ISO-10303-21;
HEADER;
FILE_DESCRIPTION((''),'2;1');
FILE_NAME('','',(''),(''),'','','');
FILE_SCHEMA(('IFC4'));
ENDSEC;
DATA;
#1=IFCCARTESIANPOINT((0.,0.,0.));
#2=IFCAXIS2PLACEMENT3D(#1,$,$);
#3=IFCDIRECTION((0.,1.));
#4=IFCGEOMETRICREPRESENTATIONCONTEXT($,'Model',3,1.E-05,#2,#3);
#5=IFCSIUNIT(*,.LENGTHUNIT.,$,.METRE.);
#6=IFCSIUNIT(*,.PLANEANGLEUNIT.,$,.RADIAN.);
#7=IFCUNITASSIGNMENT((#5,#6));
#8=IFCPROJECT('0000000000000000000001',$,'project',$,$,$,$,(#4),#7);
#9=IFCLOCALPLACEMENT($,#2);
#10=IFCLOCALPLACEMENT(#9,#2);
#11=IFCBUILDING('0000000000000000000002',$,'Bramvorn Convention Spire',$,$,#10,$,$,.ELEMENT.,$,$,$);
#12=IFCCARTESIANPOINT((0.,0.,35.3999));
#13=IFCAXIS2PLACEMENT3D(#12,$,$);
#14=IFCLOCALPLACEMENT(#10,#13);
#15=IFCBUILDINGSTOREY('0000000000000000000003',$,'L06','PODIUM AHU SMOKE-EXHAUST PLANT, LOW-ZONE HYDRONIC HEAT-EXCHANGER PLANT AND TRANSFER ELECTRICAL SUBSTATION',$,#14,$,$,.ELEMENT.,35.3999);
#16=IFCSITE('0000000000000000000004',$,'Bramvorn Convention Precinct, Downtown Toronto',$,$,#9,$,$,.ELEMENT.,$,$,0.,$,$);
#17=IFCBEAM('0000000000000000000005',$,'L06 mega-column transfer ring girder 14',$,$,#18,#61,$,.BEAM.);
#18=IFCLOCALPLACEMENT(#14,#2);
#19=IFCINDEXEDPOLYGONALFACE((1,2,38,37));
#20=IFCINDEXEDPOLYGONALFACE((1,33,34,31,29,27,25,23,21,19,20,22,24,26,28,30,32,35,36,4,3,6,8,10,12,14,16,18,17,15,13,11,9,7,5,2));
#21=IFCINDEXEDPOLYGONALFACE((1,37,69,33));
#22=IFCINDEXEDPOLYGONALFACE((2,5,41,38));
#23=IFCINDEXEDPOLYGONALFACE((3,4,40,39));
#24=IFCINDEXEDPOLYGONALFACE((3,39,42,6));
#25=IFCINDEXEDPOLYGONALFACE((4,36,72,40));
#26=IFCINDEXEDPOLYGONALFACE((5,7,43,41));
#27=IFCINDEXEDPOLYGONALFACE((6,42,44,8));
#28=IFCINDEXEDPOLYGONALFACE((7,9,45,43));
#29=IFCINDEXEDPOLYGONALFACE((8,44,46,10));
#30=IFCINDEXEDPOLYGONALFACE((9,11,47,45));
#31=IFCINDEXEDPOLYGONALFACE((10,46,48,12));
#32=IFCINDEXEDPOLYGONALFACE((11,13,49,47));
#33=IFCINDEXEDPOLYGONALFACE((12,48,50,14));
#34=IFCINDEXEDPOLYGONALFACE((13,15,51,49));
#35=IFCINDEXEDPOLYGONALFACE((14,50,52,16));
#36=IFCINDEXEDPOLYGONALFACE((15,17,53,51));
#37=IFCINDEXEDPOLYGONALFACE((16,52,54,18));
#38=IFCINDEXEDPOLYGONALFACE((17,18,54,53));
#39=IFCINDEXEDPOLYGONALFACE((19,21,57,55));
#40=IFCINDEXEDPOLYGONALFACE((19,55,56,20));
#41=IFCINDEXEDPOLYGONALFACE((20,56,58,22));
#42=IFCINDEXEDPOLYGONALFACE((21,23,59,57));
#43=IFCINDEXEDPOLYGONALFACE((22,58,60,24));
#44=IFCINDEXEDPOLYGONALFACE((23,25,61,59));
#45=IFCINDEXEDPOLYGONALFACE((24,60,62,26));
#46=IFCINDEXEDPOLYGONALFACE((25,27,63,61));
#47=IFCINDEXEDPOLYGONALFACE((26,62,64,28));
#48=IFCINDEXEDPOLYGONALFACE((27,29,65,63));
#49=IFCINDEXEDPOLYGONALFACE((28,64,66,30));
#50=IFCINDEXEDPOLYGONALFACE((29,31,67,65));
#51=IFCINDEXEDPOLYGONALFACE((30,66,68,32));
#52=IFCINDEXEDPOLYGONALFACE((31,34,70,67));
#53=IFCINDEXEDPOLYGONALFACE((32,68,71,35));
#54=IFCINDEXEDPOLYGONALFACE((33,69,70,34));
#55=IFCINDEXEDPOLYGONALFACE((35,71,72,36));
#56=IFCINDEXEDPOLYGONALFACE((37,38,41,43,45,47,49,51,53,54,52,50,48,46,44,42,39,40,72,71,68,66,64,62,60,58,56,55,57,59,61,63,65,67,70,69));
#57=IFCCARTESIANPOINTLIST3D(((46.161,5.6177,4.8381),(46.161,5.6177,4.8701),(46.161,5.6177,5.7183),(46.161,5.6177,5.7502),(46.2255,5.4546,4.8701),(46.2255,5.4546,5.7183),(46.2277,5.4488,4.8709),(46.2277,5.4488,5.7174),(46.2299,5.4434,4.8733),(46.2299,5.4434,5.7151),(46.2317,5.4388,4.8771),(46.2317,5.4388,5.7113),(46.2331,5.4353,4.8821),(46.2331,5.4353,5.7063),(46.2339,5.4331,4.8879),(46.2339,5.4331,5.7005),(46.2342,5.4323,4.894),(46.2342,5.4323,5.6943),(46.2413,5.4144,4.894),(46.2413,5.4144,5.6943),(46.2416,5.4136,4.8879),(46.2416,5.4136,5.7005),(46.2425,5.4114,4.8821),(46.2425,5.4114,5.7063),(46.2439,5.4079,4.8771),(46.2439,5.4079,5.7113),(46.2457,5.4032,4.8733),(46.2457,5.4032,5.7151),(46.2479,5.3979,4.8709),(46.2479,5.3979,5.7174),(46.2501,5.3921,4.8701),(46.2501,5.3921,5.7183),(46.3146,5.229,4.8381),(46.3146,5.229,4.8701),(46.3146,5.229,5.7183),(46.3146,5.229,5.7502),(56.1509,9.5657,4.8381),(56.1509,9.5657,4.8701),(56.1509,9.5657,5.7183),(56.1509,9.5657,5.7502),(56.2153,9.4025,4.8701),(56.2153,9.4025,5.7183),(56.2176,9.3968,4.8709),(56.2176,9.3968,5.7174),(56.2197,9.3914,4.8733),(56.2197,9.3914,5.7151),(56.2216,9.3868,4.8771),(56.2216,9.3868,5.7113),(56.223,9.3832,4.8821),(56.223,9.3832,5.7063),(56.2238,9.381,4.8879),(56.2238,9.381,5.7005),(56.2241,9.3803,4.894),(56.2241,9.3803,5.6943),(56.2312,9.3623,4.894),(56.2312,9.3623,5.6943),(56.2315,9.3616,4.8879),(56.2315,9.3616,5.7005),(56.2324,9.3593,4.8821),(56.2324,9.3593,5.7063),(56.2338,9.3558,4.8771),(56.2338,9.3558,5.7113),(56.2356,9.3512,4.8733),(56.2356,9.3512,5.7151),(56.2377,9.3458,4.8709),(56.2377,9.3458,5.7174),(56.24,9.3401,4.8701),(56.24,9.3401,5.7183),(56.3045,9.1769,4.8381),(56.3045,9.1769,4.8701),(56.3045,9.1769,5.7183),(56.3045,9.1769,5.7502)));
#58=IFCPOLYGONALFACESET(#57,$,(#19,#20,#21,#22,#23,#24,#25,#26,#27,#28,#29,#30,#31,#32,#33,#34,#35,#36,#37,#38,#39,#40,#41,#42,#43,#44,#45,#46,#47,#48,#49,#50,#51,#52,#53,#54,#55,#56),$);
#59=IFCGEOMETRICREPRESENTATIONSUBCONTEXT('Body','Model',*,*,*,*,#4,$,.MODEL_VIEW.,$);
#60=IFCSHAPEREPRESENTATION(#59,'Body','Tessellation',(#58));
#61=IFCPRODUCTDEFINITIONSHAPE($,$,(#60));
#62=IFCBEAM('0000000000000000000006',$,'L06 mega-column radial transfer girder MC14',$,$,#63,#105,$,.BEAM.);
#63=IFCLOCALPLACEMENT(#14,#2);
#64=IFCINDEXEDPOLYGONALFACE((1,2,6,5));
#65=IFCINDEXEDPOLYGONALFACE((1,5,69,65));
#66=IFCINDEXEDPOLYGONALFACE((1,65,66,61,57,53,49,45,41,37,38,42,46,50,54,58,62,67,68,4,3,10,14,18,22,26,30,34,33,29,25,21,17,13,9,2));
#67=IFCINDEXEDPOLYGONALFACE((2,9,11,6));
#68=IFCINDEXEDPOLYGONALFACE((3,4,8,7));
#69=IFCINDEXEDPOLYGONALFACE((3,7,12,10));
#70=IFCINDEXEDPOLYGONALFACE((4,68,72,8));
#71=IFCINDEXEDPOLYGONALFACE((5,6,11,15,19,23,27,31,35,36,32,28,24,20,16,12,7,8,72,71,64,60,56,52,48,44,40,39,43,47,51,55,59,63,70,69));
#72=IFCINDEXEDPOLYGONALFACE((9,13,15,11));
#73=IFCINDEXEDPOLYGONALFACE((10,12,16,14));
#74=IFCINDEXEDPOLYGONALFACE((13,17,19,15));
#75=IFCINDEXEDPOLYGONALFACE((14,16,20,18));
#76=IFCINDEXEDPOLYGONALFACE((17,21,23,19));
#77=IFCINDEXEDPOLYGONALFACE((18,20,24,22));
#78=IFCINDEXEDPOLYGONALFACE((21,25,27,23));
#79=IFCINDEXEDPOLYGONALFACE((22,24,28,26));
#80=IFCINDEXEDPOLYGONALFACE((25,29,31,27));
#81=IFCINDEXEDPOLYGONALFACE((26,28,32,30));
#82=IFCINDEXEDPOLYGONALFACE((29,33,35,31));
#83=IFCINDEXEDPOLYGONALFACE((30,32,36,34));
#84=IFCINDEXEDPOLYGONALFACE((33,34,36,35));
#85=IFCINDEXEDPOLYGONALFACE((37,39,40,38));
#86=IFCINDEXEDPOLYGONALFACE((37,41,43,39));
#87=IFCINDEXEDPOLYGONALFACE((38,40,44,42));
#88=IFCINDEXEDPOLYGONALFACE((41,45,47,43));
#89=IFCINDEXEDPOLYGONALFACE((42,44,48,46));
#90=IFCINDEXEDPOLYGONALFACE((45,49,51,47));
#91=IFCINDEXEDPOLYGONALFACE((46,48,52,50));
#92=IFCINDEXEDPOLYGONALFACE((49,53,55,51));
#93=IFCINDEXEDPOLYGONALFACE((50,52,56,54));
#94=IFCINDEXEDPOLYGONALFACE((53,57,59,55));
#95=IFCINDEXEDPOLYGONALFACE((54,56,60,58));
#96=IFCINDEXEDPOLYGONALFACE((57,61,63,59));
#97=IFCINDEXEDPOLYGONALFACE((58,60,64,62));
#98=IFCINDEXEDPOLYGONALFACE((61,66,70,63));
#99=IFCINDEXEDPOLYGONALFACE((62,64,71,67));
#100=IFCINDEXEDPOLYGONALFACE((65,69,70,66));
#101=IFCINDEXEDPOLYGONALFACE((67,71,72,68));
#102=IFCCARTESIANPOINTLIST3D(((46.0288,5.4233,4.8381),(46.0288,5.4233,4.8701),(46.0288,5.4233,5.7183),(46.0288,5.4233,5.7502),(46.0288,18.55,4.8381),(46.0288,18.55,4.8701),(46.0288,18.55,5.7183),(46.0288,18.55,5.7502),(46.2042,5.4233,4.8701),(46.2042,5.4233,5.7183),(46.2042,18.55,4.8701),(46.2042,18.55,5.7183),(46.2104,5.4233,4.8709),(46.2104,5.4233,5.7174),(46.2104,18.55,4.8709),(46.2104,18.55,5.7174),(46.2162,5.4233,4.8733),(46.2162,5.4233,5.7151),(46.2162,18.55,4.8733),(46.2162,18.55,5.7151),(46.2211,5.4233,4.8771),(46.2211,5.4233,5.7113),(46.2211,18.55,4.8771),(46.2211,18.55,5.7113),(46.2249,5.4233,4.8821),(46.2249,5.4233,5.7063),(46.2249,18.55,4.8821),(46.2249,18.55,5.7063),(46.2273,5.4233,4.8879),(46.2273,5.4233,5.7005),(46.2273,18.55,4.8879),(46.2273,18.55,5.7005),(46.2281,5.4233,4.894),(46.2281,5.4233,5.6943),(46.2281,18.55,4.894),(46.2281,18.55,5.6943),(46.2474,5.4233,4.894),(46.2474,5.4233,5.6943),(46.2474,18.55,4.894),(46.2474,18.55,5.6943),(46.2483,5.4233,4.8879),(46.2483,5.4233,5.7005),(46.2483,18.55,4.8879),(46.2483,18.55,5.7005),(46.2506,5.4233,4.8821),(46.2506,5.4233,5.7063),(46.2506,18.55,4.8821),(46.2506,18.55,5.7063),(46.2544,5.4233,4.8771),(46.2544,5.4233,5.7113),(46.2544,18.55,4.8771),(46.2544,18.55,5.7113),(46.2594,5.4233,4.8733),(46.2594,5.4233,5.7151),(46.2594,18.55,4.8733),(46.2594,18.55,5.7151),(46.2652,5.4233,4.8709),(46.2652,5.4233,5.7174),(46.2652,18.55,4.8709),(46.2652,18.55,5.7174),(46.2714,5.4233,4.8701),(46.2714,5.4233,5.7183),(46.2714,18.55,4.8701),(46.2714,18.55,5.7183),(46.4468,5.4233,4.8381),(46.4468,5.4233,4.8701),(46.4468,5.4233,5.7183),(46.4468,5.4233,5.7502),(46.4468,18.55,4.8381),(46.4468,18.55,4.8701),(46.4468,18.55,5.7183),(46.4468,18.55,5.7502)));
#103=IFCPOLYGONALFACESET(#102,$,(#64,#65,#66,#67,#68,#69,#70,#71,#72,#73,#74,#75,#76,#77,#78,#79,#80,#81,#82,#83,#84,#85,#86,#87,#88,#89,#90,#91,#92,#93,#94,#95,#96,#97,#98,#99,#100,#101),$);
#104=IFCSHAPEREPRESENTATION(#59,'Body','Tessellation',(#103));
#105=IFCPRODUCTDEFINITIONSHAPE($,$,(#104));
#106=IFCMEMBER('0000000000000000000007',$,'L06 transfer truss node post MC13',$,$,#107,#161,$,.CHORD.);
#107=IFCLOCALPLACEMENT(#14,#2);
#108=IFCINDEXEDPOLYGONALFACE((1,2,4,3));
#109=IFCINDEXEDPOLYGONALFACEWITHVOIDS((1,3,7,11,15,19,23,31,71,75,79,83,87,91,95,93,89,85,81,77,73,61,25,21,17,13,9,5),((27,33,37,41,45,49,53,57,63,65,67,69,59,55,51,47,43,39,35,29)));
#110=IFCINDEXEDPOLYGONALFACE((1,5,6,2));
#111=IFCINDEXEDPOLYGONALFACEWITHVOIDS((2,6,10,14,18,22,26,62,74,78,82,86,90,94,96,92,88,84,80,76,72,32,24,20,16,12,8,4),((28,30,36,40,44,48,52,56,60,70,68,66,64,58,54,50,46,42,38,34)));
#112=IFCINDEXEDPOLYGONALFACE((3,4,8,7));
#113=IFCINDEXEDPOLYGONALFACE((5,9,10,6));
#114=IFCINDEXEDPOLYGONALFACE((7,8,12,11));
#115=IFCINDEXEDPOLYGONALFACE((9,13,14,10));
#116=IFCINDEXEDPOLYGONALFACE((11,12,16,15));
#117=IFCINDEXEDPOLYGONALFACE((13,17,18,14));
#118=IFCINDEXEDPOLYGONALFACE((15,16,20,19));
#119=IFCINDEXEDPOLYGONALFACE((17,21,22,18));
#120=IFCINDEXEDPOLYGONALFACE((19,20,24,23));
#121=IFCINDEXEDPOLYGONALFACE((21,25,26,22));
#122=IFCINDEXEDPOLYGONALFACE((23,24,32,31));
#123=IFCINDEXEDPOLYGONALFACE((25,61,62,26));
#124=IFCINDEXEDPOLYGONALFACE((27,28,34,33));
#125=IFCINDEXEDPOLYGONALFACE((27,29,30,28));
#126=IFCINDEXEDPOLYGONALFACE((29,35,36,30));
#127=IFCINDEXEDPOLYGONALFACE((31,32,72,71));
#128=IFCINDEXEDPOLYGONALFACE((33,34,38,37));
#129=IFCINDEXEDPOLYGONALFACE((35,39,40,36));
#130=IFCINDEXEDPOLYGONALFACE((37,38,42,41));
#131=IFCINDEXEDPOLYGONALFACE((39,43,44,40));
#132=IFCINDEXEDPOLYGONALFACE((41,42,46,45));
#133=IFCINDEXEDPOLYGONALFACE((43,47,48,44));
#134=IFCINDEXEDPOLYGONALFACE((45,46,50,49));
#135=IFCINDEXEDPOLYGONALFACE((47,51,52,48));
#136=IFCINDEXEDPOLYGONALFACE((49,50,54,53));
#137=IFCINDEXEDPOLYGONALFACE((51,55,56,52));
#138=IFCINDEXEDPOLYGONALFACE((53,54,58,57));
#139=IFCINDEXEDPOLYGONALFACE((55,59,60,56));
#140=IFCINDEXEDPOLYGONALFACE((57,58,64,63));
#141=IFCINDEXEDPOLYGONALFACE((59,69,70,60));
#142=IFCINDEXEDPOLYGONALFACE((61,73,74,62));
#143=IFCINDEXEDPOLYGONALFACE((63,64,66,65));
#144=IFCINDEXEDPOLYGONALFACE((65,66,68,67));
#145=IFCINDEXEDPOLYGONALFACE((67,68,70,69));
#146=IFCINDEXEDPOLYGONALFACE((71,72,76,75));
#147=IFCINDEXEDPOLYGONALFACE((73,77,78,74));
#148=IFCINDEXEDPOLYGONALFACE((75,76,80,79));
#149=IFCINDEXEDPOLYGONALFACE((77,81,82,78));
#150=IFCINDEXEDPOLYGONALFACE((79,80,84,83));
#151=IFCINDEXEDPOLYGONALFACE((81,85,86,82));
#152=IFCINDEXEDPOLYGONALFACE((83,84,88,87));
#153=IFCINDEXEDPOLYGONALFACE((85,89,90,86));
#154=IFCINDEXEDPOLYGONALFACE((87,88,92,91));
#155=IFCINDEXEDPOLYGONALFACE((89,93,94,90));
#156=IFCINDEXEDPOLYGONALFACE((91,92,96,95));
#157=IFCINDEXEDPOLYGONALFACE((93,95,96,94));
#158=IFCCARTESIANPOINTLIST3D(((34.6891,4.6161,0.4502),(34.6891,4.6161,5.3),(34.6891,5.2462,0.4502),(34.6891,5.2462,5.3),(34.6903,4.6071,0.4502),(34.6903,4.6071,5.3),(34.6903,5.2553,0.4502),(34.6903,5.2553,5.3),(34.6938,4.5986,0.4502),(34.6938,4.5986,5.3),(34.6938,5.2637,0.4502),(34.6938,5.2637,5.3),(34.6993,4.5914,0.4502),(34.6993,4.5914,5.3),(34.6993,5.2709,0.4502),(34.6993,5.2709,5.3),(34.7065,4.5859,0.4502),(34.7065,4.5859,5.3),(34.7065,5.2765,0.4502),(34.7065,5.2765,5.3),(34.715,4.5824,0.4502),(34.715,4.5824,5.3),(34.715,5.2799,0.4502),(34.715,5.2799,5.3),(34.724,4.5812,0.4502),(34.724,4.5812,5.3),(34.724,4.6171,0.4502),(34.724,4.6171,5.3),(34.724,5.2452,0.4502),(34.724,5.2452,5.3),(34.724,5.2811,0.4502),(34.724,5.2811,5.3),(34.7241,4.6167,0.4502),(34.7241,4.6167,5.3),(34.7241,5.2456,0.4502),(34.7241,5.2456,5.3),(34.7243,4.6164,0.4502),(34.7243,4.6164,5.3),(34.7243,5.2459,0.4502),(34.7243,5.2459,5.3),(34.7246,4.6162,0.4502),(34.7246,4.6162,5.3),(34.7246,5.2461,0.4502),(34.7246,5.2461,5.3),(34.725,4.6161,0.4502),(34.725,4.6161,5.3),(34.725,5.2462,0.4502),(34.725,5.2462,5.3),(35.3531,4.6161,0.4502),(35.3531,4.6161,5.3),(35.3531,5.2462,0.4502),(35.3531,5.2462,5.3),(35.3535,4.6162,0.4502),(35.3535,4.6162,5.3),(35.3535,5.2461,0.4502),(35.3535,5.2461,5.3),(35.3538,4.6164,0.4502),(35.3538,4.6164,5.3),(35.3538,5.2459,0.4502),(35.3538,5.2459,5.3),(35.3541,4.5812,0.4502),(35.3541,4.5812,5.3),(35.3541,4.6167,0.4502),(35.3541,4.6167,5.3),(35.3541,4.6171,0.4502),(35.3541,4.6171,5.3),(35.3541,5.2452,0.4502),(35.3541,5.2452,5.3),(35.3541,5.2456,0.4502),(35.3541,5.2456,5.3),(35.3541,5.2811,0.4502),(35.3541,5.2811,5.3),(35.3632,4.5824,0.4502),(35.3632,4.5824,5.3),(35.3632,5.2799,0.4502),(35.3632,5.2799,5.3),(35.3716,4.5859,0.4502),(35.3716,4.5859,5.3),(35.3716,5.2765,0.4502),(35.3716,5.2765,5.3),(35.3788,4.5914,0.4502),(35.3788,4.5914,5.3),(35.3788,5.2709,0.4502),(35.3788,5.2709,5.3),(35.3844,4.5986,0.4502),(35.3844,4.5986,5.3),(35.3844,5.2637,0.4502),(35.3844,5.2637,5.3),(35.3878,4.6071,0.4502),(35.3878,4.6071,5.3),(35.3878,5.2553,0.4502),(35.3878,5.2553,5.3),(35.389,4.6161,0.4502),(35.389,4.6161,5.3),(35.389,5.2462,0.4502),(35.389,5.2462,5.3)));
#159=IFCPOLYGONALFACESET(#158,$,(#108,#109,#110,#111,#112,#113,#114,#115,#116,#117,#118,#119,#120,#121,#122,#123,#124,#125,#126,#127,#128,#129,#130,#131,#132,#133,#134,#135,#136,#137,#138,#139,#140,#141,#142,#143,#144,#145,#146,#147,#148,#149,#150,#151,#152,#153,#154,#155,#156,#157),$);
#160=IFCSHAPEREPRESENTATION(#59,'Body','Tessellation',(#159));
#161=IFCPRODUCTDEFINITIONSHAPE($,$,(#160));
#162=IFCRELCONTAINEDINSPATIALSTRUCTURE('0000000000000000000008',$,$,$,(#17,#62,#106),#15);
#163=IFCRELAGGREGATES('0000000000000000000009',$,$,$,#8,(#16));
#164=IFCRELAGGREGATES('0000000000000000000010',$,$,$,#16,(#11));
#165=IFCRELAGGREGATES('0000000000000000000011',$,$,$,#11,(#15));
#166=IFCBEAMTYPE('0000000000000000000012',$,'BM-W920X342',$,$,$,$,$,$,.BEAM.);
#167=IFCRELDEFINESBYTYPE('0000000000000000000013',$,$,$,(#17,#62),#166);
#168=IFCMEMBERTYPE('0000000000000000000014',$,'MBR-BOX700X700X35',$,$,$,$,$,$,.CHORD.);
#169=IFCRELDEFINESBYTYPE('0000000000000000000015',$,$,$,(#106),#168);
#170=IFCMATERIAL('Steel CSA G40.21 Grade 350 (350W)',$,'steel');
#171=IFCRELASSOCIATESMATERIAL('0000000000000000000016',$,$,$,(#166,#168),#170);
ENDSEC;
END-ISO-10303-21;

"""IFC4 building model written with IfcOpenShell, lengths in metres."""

from ifc_helpers import new_model, si_unit, direction, frame, origin, origin_2d, place, context, subcontext, project, spatial, hollow_rectangle, i_section, extrude, material, material_profile, profile_set, type_object, element, save


model = new_model("IFC4")

# Units and contexts
model_context = context("Model", 3, precision=1e-05, world=origin(), true_north=direction((0.0, 1.0)))
body_context = subcontext(model_context, "Body", "Model", "MODEL_VIEW")
ifc_project = project(units=[si_unit("LENGTHUNIT", "METRE"), si_unit("PLANEANGLEUNIT", "RADIAN")], contexts=[model_context])

# Site, building, storey
site_placement = place(None, origin())
site = spatial("IfcSite", under=ifc_project, at=site_placement, Name="Bramvorn Convention Precinct, Downtown Toronto", CompositionType="ELEMENT", RefElevation=0.0)
building_placement = place(site_placement, origin())
building = spatial("IfcBuilding", under=site, at=building_placement, Name="Bramvorn Convention Spire", CompositionType="ELEMENT")
storey_placement = place(building_placement, frame((0.0, 0.0, 35.3999)))
storey = spatial("IfcBuildingStorey", under=building, at=storey_placement, Name="L06", Description="PODIUM AHU SMOKE-EXHAUST PLANT, LOW-ZONE HYDRONIC HEAT-EXCHANGER PLANT AND TRANSFER ELECTRICAL SUBSTATION", CompositionType="ELEMENT", Elevation=35.3999)

# Shared definitions
ifc_material_1 = material(Name="Steel CSA G40.21 Grade 350 (350W)", Category="steel")

# Beams
ifc_material_profile_1 = material_profile(ifc_material_1, i_section(OverallWidth=0.418, OverallDepth=0.9121, WebThickness=0.0193, FlangeThickness=0.032, FilletRadius=0.0239, at=origin_2d()))
ifc_profile_set_1 = profile_set([ifc_material_profile_1], Name="Steel CSA G40.21 Grade 350 (350W) - W920X342")
beam_type = type_object("IfcBeamType", Name="BM-W920X342", PredefinedType="BEAM", material=ifc_profile_set_1)
beam_1_placement = place(storey_placement, frame((46.2378, 5.4233, 5.2942), z_axis=(0.93001, 0.367535, 0.0), x_axis=(-0.367535, 0.93001, 0.0)))
element("IfcBeam", 1, at=beam_1_placement, inside=storey, type_object=beam_type, Name="L06 mega-column transfer ring girder 14", PredefinedType="BEAM", context=body_context, shape_type="SweptSolid", body=[
    extrude(i_section(OverallWidth=0.418, OverallDepth=0.9121, WebThickness=0.0193, FlangeThickness=0.032, FilletRadius=0.0239, at=origin_2d()), origin(), (0.0, 0.0, 1.0), 10.7417),
])
beam_2_placement = place(storey_placement, frame((46.2378, 18.55, 5.2942), z_axis=(0.0, -1.0, 0.0), x_axis=(1.0, 0.0, 0.0)))
element("IfcBeam", 2, at=beam_2_placement, inside=storey, type_object=beam_type, Name="L06 mega-column radial transfer girder MC14", PredefinedType="BEAM", context=body_context, shape_type="SweptSolid", body=[
    extrude(i_section(OverallWidth=0.418, OverallDepth=0.9121, WebThickness=0.0193, FlangeThickness=0.032, FilletRadius=0.0239, at=origin_2d()), origin(), (0.0, 0.0, 1.0), 13.1267),
])

# Member
ifc_material_profile_2 = material_profile(ifc_material_1, hollow_rectangle(XDim=0.7, YDim=0.7, WallThickness=0.0349, InnerFilletRadius=0.001, OuterFilletRadius=0.0349, at=origin_2d()))
ifc_profile_set_2 = profile_set([ifc_material_profile_2], Name="Steel CSA G40.21 Grade 350 (350W) - BOX700X700X35")
member_type_1 = type_object("IfcMemberType", Name="MBR-BOX700X700X35", PredefinedType="CHORD", material=ifc_profile_set_2)
member_1_placement = place(storey_placement, frame((35.0391, 4.9312, 0.4502), z_axis=(0.0, 0.0, 1.0), x_axis=(1.0, 0.0, 0.0)))
element("IfcMember", 3, at=member_1_placement, inside=storey, type_object=member_type_1, Name="L06 transfer truss node post MC13", PredefinedType="CHORD", context=body_context, shape_type="SweptSolid", body=[
    extrude(hollow_rectangle(XDim=0.7, YDim=0.7, WallThickness=0.0349, InnerFilletRadius=0.001, OuterFilletRadius=0.0349, at=origin_2d()), origin(), (0.0, 0.0, 1.0), 4.8499),
])

save(model, "model.ifc")
